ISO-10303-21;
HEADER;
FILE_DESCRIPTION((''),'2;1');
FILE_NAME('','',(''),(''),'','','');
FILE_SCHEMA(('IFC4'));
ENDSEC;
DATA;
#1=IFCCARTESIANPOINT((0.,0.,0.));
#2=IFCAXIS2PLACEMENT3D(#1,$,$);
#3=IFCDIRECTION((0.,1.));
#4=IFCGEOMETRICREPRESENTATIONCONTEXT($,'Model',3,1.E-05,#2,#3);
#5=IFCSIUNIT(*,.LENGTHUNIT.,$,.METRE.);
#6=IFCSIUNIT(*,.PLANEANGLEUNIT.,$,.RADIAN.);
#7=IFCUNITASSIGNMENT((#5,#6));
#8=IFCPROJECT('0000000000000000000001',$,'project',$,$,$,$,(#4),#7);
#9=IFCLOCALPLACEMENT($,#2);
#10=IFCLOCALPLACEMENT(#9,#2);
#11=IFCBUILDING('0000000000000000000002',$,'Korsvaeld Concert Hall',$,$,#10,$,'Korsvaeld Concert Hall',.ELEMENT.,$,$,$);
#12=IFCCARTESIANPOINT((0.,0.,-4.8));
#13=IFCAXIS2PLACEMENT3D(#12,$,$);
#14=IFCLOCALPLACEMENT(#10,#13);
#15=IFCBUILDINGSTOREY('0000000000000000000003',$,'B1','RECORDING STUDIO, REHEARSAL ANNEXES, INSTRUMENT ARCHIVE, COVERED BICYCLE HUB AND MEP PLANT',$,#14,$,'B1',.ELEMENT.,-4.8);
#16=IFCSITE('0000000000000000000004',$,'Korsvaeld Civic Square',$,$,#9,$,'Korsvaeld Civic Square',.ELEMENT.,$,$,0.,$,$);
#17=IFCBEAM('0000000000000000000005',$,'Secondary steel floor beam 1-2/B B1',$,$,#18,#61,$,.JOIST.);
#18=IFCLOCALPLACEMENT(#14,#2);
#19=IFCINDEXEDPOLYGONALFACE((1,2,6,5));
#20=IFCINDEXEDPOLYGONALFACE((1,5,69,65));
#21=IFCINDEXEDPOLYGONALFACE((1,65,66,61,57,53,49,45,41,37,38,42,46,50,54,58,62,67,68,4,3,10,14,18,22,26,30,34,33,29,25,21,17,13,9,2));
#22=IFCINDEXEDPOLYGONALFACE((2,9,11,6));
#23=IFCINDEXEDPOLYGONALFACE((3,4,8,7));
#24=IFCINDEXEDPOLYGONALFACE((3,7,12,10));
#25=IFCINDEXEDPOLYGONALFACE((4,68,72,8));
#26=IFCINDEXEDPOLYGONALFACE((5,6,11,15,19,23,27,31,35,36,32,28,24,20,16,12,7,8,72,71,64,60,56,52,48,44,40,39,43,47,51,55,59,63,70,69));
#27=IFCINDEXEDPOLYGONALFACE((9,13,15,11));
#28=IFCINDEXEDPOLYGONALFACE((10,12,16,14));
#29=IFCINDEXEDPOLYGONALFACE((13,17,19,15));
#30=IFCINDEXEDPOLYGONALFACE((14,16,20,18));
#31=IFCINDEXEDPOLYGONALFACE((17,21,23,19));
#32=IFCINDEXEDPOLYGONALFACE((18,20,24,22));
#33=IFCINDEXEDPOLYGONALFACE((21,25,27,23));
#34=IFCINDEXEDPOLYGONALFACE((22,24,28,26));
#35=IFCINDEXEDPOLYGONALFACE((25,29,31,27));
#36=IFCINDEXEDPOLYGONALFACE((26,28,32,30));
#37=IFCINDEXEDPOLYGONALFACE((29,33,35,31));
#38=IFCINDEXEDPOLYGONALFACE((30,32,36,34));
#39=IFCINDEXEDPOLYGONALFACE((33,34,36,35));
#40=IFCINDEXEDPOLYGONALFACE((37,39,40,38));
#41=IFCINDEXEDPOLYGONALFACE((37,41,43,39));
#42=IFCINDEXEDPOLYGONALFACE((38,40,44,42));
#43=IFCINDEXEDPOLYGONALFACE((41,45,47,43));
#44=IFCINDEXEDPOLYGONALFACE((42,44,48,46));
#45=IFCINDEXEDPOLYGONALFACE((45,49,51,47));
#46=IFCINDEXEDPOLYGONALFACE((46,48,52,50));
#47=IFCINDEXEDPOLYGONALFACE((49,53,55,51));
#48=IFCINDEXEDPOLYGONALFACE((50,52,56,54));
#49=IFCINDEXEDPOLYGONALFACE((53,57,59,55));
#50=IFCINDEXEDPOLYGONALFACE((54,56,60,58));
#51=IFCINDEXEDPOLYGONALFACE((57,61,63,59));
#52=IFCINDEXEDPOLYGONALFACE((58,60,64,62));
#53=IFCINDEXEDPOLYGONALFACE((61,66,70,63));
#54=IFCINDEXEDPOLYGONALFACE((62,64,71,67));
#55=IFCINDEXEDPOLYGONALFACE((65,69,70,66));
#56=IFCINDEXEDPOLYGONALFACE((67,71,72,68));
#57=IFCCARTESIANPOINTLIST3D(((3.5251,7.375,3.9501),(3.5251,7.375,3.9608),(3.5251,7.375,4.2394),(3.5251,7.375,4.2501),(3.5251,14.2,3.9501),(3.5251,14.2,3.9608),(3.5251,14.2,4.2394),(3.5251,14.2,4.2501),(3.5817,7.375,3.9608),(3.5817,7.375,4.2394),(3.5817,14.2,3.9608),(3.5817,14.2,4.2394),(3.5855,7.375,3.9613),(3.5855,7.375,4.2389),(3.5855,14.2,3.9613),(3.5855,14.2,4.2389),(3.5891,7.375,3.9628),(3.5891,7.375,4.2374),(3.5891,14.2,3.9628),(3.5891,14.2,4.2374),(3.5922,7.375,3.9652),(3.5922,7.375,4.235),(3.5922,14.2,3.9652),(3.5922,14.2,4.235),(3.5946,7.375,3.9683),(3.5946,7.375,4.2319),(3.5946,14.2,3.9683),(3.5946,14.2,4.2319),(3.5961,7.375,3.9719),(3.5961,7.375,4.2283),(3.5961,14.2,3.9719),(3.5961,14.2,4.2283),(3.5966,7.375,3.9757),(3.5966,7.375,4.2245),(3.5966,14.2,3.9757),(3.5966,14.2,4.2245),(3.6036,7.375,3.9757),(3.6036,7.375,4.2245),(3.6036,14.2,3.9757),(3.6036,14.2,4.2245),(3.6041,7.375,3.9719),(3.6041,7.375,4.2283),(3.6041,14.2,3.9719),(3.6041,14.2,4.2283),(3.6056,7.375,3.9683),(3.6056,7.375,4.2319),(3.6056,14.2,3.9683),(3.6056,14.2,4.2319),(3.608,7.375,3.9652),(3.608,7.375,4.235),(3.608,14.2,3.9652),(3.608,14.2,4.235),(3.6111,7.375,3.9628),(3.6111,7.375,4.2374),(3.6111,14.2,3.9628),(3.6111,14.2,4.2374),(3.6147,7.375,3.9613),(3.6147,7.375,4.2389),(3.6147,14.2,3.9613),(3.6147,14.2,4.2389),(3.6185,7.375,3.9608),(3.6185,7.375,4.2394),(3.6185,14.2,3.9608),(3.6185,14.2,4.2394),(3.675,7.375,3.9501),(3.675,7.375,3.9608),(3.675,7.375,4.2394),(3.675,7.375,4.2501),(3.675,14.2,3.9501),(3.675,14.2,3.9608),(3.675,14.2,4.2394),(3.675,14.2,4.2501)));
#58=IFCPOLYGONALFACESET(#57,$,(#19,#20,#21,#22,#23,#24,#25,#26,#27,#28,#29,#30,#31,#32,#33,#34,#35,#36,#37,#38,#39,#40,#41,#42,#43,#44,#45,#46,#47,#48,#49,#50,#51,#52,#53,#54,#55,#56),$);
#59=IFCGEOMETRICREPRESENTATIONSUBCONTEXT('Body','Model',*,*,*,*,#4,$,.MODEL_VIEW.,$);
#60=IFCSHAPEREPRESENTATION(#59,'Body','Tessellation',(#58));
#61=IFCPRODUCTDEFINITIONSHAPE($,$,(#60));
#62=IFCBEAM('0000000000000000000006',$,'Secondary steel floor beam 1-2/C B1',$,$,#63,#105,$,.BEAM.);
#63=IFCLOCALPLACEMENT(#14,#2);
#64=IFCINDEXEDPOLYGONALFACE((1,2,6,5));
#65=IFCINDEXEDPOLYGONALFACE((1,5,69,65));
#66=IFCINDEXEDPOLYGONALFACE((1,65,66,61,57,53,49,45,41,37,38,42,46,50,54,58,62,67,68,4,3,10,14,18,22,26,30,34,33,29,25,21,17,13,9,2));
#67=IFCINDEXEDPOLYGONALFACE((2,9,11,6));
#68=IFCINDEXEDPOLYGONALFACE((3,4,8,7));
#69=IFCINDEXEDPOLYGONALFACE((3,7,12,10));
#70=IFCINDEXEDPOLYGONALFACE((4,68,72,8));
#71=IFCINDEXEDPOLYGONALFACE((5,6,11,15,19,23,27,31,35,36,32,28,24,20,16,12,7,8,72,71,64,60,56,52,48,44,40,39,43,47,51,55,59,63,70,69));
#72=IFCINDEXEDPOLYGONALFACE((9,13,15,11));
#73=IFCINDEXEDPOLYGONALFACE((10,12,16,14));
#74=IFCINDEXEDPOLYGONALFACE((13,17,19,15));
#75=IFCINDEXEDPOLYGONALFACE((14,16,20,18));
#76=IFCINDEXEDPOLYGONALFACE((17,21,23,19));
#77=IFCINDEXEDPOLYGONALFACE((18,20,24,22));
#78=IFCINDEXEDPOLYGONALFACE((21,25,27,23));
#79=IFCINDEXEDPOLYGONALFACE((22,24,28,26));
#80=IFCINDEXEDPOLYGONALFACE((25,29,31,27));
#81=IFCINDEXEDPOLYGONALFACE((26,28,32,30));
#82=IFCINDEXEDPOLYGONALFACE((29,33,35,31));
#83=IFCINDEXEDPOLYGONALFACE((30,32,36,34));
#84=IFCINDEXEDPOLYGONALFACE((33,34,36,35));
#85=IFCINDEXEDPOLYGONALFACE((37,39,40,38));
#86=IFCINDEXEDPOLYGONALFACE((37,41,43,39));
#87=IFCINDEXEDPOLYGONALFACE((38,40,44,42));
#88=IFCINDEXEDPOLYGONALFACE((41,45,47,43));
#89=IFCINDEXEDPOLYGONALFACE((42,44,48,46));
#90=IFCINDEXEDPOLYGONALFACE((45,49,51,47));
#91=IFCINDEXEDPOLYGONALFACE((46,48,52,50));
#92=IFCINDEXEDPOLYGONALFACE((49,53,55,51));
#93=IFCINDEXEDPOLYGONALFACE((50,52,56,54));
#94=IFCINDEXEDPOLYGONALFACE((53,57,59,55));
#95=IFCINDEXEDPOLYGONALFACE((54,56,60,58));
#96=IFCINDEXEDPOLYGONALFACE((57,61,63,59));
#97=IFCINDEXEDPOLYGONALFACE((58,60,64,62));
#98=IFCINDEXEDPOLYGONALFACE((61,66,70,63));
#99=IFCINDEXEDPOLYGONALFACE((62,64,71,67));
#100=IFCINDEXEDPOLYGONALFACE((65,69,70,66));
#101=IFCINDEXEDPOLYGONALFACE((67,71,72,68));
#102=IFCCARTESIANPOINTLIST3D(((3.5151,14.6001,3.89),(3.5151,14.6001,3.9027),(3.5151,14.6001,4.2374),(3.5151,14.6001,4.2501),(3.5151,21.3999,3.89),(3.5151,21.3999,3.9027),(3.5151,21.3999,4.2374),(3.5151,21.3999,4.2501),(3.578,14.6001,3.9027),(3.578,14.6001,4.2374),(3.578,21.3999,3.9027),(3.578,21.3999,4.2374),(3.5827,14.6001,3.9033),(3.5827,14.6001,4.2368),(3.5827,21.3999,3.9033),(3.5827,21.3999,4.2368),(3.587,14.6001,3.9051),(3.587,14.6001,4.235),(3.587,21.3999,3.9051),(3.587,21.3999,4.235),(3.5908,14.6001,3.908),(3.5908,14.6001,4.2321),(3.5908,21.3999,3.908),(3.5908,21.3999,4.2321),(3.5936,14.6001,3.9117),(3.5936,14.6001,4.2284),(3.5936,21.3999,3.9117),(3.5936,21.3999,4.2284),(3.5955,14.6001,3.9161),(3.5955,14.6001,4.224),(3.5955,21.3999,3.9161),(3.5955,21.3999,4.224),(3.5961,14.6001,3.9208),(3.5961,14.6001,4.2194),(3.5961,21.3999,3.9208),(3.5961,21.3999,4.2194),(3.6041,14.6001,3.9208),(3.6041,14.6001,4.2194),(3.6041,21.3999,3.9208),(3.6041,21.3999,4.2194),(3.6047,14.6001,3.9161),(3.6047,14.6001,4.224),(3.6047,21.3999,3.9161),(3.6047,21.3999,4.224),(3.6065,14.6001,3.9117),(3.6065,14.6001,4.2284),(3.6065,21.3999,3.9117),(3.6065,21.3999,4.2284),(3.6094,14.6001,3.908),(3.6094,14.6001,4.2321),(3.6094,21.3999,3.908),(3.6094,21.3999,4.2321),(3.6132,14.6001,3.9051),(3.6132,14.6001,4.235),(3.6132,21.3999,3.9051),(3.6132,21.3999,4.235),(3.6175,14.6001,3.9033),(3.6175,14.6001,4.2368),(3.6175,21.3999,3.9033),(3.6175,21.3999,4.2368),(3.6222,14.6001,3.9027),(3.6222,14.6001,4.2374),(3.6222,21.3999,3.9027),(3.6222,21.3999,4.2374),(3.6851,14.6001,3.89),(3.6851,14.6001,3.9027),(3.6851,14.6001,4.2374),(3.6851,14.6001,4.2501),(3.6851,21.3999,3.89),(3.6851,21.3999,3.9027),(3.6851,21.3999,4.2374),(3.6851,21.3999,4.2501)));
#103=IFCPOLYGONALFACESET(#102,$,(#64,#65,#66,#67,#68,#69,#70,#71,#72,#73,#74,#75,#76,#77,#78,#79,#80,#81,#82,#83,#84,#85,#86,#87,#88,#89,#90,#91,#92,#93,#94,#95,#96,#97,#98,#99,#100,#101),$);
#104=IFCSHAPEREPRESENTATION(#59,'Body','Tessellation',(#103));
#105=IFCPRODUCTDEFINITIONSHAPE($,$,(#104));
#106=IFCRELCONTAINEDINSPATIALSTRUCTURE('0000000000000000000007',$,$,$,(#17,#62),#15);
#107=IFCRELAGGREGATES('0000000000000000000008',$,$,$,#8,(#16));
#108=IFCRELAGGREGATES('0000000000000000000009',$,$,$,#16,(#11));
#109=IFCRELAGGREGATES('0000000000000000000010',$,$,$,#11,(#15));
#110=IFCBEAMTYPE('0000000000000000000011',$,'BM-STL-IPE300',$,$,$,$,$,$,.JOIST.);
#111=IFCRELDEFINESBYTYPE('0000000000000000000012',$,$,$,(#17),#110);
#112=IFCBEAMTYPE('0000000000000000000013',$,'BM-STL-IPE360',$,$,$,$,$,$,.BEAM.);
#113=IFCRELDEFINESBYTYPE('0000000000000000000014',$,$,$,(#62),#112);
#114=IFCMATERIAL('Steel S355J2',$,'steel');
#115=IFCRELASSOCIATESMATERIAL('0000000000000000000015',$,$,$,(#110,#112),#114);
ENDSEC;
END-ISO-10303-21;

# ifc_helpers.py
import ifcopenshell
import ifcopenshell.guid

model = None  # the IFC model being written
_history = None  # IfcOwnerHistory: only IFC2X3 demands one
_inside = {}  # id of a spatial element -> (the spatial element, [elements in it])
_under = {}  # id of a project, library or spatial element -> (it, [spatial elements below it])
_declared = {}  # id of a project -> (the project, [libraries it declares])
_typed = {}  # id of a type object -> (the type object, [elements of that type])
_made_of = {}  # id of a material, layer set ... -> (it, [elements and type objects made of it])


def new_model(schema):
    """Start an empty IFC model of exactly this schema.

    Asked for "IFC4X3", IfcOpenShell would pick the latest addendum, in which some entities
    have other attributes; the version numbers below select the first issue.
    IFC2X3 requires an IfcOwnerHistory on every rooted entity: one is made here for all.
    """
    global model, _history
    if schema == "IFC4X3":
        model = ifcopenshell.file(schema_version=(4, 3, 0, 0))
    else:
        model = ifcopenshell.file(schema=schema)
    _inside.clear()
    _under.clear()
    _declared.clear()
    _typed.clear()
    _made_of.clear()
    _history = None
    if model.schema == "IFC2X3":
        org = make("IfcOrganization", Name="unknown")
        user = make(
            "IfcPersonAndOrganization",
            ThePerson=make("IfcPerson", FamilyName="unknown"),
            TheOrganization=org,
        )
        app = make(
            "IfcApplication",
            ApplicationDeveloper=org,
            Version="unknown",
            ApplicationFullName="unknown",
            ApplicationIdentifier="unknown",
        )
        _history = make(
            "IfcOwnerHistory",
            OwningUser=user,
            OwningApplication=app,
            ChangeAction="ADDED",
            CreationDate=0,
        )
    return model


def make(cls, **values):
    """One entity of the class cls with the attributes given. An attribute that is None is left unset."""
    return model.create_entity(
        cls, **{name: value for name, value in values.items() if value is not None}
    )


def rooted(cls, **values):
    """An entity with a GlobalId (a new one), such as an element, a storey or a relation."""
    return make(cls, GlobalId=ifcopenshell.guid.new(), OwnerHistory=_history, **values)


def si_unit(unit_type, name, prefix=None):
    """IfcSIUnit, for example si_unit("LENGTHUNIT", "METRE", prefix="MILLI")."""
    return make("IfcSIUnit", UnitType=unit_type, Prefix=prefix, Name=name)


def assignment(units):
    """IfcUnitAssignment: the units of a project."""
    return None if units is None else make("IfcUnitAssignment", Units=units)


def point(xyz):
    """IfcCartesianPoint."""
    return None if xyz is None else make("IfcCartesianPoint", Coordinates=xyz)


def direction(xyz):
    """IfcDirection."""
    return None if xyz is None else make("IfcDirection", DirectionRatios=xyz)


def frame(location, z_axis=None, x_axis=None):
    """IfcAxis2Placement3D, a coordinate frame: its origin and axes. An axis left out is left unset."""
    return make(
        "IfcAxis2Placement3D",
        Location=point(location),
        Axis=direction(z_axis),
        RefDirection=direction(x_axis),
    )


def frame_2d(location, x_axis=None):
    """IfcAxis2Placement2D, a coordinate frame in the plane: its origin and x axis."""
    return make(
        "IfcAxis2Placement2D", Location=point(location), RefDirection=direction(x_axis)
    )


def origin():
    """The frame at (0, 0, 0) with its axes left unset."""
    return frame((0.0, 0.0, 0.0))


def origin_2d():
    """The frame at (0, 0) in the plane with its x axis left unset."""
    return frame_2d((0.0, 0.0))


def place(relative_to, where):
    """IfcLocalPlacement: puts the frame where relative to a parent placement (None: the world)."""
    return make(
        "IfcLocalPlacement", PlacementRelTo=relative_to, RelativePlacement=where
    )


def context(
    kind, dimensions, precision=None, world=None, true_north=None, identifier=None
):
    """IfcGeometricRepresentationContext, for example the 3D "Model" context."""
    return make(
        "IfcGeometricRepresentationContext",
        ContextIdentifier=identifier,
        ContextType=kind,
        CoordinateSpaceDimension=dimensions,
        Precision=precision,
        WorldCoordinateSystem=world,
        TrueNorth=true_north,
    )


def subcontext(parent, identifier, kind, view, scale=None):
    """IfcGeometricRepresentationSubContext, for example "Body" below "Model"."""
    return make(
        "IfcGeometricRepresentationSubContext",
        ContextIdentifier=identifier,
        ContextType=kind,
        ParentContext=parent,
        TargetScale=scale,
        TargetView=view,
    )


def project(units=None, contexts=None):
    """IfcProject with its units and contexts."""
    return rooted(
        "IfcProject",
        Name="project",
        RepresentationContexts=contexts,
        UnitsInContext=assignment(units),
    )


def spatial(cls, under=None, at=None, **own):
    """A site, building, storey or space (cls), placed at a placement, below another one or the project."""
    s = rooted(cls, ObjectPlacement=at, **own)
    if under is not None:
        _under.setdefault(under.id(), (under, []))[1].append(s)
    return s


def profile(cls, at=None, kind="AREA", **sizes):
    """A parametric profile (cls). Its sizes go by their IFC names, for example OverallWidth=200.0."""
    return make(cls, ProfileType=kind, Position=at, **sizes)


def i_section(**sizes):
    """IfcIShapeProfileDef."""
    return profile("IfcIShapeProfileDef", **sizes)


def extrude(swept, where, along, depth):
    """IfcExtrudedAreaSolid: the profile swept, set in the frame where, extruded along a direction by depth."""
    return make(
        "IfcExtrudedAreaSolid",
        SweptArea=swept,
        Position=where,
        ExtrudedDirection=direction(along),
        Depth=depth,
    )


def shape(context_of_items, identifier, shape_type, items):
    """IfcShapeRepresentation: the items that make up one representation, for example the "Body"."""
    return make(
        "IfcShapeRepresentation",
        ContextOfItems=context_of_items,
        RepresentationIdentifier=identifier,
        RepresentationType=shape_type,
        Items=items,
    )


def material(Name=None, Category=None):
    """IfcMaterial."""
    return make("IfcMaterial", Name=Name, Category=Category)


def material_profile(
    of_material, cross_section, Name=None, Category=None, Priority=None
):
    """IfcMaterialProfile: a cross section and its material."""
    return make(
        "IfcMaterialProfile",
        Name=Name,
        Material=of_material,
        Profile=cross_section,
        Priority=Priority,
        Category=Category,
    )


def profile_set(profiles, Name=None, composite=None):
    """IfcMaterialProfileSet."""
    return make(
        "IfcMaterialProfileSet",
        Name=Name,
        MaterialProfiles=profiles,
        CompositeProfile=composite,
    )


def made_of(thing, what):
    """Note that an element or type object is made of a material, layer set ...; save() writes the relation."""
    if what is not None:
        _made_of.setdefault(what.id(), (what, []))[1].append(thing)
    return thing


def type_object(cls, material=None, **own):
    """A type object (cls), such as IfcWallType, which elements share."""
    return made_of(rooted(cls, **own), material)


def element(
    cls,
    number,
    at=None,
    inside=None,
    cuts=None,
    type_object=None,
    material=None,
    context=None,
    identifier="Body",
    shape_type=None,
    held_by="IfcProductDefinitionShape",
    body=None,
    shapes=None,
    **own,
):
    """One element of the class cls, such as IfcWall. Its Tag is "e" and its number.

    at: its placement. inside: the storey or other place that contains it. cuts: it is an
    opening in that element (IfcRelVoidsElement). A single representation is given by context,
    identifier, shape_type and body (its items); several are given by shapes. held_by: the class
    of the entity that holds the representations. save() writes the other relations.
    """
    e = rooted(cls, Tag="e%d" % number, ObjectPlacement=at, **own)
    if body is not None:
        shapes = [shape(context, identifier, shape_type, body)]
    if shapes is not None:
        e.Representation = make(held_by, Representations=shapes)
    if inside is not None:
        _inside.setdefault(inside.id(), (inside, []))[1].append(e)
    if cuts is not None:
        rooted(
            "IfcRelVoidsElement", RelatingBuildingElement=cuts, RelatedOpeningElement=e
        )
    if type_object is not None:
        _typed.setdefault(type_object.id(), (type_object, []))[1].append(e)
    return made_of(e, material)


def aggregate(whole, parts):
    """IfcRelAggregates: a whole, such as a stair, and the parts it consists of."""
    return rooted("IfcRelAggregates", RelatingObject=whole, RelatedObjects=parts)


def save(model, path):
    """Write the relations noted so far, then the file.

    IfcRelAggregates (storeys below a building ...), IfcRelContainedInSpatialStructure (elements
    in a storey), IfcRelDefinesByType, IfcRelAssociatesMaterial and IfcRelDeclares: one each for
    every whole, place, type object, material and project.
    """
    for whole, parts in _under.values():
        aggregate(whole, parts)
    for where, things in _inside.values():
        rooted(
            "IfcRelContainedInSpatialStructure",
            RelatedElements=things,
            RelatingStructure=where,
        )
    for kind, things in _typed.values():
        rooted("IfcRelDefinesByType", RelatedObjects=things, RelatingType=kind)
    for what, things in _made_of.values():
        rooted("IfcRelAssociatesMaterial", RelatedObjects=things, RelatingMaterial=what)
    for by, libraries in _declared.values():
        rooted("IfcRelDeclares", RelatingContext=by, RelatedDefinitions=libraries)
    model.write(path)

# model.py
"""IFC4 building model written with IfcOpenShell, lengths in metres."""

from ifc_helpers import new_model, si_unit, direction, frame, origin, origin_2d, place, context, subcontext, project, spatial, i_section, extrude, material, material_profile, profile_set, type_object, element, save


model = new_model("IFC4")

# Units and contexts
model_context = context("Model", 3, precision=1e-05, world=origin(), true_north=direction((0.0, 1.0)))
body_context = subcontext(model_context, "Body", "Model", "MODEL_VIEW")
ifc_project = project(units=[si_unit("LENGTHUNIT", "METRE"), si_unit("PLANEANGLEUNIT", "RADIAN")], contexts=[model_context])

# Site, building, storey
site_placement = place(None, origin())
site = spatial("IfcSite", under=ifc_project, at=site_placement, Name="Korsvaeld Civic Square", LongName="Korsvaeld Civic Square", CompositionType="ELEMENT", RefElevation=0.0)
building_placement = place(site_placement, origin())
building = spatial("IfcBuilding", under=site, at=building_placement, Name="Korsvaeld Concert Hall", LongName="Korsvaeld Concert Hall", CompositionType="ELEMENT")
storey_placement = place(building_placement, frame((0.0, 0.0, -4.8)))
storey = spatial("IfcBuildingStorey", under=building, at=storey_placement, Name="B1", Description="RECORDING STUDIO, REHEARSAL ANNEXES, INSTRUMENT ARCHIVE, COVERED BICYCLE HUB AND MEP PLANT", LongName="B1", CompositionType="ELEMENT", Elevation=-4.8)

# Beams
ifc_material_1 = material(Name="Steel S355J2", Category="steel")
ifc_material_profile_1 = material_profile(ifc_material_1, i_section(OverallWidth=0.1499, OverallDepth=0.3, WebThickness=0.0071, FlangeThickness=0.0107, FilletRadius=0.0149, at=origin_2d()), Name="IPE 300")
ifc_profile_set_1 = profile_set([ifc_material_profile_1], Name="Steel S355J2")
beam_type_1 = type_object("IfcBeamType", Name="BM-STL-IPE300", PredefinedType="JOIST", material=ifc_profile_set_1)
beam_1_placement = place(storey_placement, frame((3.6001, 7.375, 4.1001), z_axis=(0.0, 1.0, 0.0), x_axis=(-1.0, 0.0, 0.0)))
element("IfcBeam", 1, at=beam_1_placement, inside=storey, type_object=beam_type_1, Name="Secondary steel floor beam 1-2/B B1", PredefinedType="JOIST", context=body_context, shape_type="SweptSolid", body=[
    extrude(i_section(OverallWidth=0.1499, OverallDepth=0.3, WebThickness=0.0071, FlangeThickness=0.0107, FilletRadius=0.0149, at=origin_2d()), origin(), (0.0, 0.0, 1.0), 6.825),
])
ifc_material_profile_2 = material_profile(ifc_material_1, i_section(OverallWidth=0.1699, OverallDepth=0.3601, WebThickness=0.0081, FlangeThickness=0.0127, FilletRadius=0.0181, at=origin_2d()), Name="IPE 360")
ifc_profile_set_2 = profile_set([ifc_material_profile_2], Name="Steel S355J2")
beam_type_2 = type_object("IfcBeamType", Name="BM-STL-IPE360", PredefinedType="BEAM", material=ifc_profile_set_2)
beam_2_placement = place(storey_placement, frame((3.6001, 14.6001, 4.0701), z_axis=(0.0, 1.0, 0.0), x_axis=(-1.0, 0.0, 0.0)))
element("IfcBeam", 2, at=beam_2_placement, inside=storey, type_object=beam_type_2, Name="Secondary steel floor beam 1-2/C B1", PredefinedType="BEAM", context=body_context, shape_type="SweptSolid", body=[
    extrude(i_section(OverallWidth=0.1699, OverallDepth=0.3601, WebThickness=0.0081, FlangeThickness=0.0127, FilletRadius=0.0181, at=origin_2d()), origin(), (0.0, 0.0, 1.0), 6.7998),
])

save(model, "model.ifc")
